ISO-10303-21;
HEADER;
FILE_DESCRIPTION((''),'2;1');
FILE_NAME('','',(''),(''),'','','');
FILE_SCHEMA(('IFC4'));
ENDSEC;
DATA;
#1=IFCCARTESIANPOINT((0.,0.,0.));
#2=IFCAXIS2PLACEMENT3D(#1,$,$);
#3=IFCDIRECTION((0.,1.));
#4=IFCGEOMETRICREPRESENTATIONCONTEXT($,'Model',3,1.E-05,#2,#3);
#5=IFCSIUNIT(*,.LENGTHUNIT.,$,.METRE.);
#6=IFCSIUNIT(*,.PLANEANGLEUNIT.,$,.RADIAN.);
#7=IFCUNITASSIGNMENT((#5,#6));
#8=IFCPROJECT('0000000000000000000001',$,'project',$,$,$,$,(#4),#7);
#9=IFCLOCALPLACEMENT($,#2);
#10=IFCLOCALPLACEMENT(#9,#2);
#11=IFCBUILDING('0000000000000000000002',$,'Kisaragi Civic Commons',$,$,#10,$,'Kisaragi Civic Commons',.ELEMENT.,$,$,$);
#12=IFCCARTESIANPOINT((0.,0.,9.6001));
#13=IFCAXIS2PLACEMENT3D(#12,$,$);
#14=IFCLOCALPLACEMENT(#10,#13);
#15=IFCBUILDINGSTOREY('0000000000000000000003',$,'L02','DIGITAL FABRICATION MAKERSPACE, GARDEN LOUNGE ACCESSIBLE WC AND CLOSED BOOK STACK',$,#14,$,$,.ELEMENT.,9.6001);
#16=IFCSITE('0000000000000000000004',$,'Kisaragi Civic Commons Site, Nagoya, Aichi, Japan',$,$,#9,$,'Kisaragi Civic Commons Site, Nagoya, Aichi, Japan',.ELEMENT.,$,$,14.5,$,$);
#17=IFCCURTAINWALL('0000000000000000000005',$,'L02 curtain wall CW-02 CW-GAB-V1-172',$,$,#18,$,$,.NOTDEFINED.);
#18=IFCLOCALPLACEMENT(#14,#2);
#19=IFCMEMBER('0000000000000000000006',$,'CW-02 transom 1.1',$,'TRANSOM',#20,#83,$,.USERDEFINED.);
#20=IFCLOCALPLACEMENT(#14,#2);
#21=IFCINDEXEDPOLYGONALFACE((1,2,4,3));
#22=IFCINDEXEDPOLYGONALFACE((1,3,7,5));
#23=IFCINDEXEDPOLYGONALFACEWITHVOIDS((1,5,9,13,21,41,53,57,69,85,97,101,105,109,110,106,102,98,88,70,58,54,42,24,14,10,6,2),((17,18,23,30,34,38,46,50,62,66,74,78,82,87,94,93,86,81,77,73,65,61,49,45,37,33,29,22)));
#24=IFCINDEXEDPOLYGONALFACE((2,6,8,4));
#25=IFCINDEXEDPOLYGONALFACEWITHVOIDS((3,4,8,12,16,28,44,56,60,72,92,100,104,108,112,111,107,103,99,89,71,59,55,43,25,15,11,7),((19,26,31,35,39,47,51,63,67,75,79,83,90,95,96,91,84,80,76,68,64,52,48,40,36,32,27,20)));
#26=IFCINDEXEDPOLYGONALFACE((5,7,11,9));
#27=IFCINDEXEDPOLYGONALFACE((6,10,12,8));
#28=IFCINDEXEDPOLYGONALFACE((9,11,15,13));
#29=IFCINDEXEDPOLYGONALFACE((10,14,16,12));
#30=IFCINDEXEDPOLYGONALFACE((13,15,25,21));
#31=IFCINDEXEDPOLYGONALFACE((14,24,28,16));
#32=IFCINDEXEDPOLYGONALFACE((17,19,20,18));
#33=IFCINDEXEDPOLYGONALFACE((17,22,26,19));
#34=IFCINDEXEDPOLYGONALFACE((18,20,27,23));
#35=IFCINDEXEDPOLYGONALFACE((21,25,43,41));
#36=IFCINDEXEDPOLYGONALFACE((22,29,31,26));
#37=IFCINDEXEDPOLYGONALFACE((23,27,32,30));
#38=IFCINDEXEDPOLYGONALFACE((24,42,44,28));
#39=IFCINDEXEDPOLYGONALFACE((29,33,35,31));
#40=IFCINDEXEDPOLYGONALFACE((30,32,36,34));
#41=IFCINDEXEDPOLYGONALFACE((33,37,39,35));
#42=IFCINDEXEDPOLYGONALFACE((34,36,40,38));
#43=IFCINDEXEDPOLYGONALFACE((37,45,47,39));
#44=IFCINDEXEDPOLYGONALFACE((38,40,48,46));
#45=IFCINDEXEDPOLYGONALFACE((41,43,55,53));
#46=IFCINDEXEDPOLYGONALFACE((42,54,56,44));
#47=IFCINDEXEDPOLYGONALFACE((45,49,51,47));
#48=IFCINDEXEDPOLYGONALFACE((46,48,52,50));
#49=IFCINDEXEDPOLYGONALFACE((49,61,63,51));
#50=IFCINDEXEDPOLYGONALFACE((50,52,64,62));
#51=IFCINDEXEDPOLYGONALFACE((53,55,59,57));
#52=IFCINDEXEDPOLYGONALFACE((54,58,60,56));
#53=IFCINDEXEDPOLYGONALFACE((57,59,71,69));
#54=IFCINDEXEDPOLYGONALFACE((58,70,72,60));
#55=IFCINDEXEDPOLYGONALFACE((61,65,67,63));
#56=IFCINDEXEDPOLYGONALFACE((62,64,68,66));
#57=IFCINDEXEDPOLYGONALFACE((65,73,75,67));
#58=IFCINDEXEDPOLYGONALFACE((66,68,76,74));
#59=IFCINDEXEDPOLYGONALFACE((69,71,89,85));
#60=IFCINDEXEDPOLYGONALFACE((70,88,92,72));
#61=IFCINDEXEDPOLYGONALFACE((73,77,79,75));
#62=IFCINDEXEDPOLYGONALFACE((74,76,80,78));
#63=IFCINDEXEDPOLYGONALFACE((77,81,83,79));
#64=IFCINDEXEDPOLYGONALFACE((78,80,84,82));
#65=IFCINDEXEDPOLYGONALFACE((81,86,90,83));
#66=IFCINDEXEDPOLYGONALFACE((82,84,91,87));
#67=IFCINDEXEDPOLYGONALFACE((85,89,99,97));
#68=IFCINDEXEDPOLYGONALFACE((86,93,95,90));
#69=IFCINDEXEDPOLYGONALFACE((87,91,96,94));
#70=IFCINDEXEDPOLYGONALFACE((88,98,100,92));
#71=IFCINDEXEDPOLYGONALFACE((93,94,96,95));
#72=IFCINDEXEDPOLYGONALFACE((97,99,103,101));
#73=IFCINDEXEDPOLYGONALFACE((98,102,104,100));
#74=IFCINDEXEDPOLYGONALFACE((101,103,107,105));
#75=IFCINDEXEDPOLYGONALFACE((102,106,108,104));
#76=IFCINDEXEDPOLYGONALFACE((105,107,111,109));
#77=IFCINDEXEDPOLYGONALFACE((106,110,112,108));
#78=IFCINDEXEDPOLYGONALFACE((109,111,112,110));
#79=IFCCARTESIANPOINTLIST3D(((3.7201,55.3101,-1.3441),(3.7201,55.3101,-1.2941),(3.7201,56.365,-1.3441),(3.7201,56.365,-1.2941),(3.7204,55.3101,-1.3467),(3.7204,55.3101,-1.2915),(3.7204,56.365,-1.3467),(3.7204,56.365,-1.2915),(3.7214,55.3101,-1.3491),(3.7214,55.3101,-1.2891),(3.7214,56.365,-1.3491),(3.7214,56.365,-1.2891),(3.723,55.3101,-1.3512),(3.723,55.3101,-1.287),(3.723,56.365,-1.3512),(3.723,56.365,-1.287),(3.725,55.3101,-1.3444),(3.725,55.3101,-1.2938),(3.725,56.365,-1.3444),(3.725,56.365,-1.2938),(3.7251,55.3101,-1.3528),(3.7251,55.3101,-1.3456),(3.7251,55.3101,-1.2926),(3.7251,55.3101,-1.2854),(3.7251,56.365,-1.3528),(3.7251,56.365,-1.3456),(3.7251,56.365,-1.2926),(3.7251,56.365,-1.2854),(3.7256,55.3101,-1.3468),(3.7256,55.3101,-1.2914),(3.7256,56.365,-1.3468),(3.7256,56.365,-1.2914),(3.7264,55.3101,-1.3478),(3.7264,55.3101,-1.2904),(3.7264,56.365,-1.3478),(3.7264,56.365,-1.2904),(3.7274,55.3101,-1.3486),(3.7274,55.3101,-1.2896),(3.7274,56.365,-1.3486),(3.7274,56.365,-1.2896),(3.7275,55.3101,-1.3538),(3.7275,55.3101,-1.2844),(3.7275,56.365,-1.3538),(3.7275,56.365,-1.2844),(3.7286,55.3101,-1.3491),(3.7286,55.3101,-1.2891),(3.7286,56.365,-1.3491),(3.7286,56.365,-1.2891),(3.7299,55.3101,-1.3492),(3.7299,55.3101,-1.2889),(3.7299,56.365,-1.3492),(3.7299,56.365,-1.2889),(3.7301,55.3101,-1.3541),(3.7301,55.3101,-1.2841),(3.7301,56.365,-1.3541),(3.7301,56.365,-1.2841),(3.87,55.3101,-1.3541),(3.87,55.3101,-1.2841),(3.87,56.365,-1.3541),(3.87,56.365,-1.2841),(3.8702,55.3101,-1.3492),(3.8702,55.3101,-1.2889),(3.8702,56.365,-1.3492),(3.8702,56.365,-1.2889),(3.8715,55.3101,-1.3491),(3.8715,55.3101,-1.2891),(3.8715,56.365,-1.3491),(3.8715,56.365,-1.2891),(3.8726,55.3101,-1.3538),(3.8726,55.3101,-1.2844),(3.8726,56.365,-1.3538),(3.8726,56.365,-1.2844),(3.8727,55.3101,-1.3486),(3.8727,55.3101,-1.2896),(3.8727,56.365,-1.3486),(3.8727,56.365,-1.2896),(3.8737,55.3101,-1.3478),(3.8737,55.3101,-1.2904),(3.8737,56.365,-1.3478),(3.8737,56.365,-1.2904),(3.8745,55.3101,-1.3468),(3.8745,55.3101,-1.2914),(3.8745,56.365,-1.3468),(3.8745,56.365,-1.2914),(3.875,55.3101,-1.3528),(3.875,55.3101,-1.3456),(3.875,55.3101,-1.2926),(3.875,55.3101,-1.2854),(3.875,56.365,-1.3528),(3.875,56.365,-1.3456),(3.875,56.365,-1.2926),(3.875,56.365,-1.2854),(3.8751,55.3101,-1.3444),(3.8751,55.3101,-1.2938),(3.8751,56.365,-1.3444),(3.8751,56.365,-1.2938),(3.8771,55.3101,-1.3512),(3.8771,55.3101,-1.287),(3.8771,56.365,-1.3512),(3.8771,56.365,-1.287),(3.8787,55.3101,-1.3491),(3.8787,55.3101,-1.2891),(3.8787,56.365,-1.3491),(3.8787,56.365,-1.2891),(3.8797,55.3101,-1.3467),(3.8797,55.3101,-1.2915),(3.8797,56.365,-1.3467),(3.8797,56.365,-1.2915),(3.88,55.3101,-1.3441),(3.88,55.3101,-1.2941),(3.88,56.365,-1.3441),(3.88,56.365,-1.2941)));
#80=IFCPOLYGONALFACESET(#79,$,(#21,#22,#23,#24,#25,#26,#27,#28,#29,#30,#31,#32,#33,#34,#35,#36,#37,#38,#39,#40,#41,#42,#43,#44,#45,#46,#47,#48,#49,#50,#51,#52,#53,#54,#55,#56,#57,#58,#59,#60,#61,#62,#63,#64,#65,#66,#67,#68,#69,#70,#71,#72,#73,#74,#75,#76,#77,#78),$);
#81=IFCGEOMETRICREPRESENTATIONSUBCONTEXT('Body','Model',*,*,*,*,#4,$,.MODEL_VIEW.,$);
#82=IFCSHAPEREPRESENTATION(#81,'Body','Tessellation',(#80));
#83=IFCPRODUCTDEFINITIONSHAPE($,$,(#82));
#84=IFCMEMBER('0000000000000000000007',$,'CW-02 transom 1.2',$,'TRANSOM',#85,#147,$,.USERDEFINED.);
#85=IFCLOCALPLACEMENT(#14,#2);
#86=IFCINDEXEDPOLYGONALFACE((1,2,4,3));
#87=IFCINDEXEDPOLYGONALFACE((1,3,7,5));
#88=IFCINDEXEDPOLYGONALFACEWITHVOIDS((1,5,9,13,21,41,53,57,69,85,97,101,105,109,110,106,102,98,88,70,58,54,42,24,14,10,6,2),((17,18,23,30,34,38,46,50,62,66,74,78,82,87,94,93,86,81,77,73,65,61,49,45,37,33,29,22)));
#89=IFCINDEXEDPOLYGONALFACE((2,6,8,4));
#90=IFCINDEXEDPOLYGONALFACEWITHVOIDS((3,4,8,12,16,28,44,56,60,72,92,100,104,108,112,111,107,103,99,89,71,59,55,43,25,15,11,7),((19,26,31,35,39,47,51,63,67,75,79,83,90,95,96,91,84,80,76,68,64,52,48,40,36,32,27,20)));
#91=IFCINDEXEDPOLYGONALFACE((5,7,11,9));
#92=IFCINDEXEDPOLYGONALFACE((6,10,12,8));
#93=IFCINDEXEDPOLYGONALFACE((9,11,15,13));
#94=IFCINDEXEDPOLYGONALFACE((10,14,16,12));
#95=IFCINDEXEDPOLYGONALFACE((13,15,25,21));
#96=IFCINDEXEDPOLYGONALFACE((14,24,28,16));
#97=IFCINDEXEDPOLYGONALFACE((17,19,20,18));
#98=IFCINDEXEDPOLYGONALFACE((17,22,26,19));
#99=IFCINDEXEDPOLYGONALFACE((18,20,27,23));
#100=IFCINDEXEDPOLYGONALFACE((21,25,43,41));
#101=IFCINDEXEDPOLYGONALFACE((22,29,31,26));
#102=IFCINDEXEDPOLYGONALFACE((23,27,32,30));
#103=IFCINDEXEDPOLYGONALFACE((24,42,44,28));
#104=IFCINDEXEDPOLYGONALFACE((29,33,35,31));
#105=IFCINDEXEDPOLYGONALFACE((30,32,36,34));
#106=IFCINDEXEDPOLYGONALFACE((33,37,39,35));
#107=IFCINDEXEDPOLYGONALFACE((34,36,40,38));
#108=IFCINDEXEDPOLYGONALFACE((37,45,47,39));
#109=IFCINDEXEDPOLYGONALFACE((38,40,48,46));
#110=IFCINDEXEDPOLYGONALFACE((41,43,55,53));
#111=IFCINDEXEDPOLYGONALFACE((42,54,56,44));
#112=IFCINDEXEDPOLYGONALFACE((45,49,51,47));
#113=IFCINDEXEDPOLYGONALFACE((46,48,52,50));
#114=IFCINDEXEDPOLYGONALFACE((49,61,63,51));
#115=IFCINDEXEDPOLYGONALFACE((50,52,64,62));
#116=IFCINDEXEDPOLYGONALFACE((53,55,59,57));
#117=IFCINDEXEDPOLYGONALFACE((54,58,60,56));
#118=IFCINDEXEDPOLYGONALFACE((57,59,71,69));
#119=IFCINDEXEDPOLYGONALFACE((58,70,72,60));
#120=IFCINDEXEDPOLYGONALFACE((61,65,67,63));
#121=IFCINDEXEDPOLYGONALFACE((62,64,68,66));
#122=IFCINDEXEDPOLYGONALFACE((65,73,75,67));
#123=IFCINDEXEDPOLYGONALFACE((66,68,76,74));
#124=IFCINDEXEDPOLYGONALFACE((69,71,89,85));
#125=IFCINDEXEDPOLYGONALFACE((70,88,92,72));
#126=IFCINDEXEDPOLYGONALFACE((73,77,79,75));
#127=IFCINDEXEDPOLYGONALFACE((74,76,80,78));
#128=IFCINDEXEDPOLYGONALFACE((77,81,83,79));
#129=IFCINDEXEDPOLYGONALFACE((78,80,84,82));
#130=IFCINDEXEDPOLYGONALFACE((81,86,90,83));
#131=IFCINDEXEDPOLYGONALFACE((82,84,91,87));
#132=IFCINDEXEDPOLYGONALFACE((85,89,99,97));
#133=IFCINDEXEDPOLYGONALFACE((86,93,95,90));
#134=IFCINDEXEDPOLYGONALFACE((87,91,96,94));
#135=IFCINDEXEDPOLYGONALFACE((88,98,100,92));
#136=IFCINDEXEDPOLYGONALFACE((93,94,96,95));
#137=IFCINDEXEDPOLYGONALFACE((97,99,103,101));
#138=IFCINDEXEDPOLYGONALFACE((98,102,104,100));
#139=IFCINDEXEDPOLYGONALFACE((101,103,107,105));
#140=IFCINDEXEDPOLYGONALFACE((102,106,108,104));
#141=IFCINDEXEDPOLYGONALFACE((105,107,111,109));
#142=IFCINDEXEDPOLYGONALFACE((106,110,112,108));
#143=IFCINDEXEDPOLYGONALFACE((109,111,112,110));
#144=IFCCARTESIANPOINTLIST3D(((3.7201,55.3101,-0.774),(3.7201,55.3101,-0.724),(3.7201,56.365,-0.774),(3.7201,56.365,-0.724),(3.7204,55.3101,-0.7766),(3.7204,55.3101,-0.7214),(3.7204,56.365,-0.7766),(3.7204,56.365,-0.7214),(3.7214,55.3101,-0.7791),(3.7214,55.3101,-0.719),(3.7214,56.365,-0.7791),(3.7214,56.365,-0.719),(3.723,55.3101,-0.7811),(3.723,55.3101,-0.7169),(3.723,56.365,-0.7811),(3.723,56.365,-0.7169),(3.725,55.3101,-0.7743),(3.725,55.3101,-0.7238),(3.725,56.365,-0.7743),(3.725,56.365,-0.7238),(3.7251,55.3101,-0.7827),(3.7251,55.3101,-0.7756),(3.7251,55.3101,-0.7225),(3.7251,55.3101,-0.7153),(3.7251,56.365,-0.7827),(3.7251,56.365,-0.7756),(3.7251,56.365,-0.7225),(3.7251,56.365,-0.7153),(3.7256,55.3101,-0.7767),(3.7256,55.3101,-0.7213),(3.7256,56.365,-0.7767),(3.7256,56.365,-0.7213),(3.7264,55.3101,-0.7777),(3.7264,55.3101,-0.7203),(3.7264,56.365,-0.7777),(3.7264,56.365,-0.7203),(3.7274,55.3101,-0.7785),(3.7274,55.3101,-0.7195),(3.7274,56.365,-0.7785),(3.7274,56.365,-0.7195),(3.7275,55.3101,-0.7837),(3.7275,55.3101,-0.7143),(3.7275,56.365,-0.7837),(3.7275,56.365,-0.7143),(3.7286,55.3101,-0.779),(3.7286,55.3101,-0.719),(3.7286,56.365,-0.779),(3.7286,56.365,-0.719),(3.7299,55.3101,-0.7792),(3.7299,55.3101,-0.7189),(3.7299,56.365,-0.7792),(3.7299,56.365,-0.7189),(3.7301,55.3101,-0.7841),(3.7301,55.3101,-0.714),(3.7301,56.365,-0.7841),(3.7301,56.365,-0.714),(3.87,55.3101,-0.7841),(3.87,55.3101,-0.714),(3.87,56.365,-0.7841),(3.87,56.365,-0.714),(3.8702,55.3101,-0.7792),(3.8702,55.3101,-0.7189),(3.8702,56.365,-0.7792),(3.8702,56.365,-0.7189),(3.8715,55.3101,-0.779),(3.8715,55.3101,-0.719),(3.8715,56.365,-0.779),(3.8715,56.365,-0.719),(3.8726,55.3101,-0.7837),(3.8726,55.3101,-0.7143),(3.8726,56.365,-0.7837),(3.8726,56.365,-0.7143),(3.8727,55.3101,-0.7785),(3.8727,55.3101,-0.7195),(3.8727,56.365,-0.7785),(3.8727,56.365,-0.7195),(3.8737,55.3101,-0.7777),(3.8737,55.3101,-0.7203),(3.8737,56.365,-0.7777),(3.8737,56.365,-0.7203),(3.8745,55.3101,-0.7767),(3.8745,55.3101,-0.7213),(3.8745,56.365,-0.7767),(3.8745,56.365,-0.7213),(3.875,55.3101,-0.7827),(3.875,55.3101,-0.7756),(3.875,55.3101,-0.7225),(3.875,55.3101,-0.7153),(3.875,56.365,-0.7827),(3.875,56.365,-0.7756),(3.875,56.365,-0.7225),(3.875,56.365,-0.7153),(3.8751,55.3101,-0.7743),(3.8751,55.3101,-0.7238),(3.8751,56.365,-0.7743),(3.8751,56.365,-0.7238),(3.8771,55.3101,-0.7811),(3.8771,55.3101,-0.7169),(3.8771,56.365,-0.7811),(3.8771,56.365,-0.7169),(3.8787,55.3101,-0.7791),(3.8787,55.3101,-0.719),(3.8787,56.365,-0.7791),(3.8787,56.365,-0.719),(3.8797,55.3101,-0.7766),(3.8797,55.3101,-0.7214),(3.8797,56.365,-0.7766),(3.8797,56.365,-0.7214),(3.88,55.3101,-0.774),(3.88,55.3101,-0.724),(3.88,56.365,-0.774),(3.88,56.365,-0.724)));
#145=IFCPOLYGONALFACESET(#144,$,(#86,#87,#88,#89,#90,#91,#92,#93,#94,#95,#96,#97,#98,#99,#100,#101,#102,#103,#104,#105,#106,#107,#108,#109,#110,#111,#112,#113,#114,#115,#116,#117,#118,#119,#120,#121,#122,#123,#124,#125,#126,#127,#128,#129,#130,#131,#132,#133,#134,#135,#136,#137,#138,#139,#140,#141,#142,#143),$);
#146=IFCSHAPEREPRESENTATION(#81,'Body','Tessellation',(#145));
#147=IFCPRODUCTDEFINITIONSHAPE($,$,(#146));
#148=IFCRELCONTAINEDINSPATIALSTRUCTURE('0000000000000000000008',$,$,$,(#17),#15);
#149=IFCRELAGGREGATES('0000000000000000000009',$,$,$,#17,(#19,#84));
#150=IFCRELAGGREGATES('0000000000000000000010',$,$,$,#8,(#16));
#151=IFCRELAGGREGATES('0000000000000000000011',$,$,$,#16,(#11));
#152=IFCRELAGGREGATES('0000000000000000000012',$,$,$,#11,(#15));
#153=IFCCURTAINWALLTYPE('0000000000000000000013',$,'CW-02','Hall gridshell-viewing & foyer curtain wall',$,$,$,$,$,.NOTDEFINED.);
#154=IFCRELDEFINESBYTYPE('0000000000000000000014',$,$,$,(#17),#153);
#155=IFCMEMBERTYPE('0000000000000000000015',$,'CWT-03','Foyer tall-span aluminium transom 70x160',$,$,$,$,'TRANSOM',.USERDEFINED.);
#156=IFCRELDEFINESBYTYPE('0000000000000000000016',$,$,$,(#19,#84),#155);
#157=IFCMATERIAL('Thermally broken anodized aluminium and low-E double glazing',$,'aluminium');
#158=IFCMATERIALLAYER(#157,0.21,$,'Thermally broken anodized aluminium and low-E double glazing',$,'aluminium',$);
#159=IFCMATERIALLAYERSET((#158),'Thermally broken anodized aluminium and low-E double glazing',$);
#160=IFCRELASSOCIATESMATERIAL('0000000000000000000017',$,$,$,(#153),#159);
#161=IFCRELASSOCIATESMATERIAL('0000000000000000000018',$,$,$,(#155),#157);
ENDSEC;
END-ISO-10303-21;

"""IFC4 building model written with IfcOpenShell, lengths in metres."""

from ifc_helpers import new_model, si_unit, direction, frame, origin, origin_2d, place, context, subcontext, project, spatial, hollow_rectangle, extrude, material, layer, layer_set, material_profile, profile_set, type_object, element, aggregate, save


model = new_model("IFC4")

# Units and contexts
model_context = context("Model", 3, precision=1e-05, world=origin(), true_north=direction((0.0, 1.0)))
body_context = subcontext(model_context, "Body", "Model", "MODEL_VIEW")
ifc_project = project(units=[si_unit("LENGTHUNIT", "METRE"), si_unit("PLANEANGLEUNIT", "RADIAN")], contexts=[model_context])

# Site, building, storey
site_placement = place(None, origin())
site = spatial("IfcSite", under=ifc_project, at=site_placement, Name="Kisaragi Civic Commons Site, Nagoya, Aichi, Japan", LongName="Kisaragi Civic Commons Site, Nagoya, Aichi, Japan", CompositionType="ELEMENT", RefElevation=14.5)
building_placement = place(site_placement, origin())
building = spatial("IfcBuilding", under=site, at=building_placement, Name="Kisaragi Civic Commons", LongName="Kisaragi Civic Commons", CompositionType="ELEMENT")
storey_placement = place(building_placement, frame((0.0, 0.0, 9.6001)))
storey = spatial("IfcBuildingStorey", under=building, at=storey_placement, Name="L02", Description="DIGITAL FABRICATION MAKERSPACE, GARDEN LOUNGE ACCESSIBLE WC AND CLOSED BOOK STACK", CompositionType="ELEMENT", Elevation=9.6001)

# Curtain wall
ifc_material_1 = material(Name="Thermally broken anodized aluminium and low-E double glazing", Category="aluminium")
ifc_layer_1 = layer(ifc_material_1, 0.21, Name="Thermally broken anodized aluminium and low-E double glazing", Category="aluminium")
ifc_layer_set_1 = layer_set([ifc_layer_1], Name="Thermally broken anodized aluminium and low-E double glazing")
curtain_wall_type = type_object("IfcCurtainWallType", Name="CW-02", Description="Hall gridshell-viewing & foyer curtain wall", PredefinedType="NOTDEFINED", material=ifc_layer_set_1)
curtain_wall_1_placement = place(storey_placement, origin())
curtain_wall_1 = element("IfcCurtainWall", 1, at=curtain_wall_1_placement, inside=storey, type_object=curtain_wall_type, Name="L02 curtain wall CW-02 CW-GAB-V1-172", PredefinedType="NOTDEFINED")

# Members
ifc_material_profile_1 = material_profile(ifc_material_1, hollow_rectangle(XDim=0.1599, YDim=0.0701, WallThickness=0.0049, InnerFilletRadius=0.0049, OuterFilletRadius=0.01, at=origin_2d()), Name="CWT-70x160x5", Category="aluminium")
ifc_profile_set_1 = profile_set([ifc_material_profile_1], Name="Thermally broken anodized aluminium and low-E double glazing")
member_type_1 = type_object("IfcMemberType", Name="CWT-03", Description="Foyer tall-span aluminium transom 70x160", ElementType="TRANSOM", PredefinedType="USERDEFINED", material=ifc_profile_set_1)
member_1_placement = place(storey_placement, frame((3.8, 55.3101, -1.3191), z_axis=(0.0, 1.0, 0.0), x_axis=(-1.0, 0.0, 0.0)))
member_1 = element("IfcMember", 2, at=member_1_placement, type_object=member_type_1, Name="CW-02 transom 1.1", ObjectType="TRANSOM", PredefinedType="USERDEFINED", context=body_context, shape_type="SweptSolid", body=[
    extrude(hollow_rectangle(XDim=0.1599, YDim=0.0701, WallThickness=0.0049, InnerFilletRadius=0.0049, OuterFilletRadius=0.01, at=origin_2d()), origin(), (0.0, 0.0, 1.0), 1.0549),
])
member_2_placement = place(storey_placement, frame((3.8, 55.3101, -0.749), z_axis=(0.0, 1.0, 0.0), x_axis=(-1.0, 0.0, 0.0)))
member_2 = element("IfcMember", 3, at=member_2_placement, type_object=member_type_1, Name="CW-02 transom 1.2", ObjectType="TRANSOM", PredefinedType="USERDEFINED", context=body_context, shape_type="SweptSolid", body=[
    extrude(hollow_rectangle(XDim=0.1599, YDim=0.0701, WallThickness=0.0049, InnerFilletRadius=0.0049, OuterFilletRadius=0.01, at=origin_2d()), origin(), (0.0, 0.0, 1.0), 1.0549),
])

aggregate(curtain_wall_1, [member_1, member_2])

save(model, "model.ifc")
